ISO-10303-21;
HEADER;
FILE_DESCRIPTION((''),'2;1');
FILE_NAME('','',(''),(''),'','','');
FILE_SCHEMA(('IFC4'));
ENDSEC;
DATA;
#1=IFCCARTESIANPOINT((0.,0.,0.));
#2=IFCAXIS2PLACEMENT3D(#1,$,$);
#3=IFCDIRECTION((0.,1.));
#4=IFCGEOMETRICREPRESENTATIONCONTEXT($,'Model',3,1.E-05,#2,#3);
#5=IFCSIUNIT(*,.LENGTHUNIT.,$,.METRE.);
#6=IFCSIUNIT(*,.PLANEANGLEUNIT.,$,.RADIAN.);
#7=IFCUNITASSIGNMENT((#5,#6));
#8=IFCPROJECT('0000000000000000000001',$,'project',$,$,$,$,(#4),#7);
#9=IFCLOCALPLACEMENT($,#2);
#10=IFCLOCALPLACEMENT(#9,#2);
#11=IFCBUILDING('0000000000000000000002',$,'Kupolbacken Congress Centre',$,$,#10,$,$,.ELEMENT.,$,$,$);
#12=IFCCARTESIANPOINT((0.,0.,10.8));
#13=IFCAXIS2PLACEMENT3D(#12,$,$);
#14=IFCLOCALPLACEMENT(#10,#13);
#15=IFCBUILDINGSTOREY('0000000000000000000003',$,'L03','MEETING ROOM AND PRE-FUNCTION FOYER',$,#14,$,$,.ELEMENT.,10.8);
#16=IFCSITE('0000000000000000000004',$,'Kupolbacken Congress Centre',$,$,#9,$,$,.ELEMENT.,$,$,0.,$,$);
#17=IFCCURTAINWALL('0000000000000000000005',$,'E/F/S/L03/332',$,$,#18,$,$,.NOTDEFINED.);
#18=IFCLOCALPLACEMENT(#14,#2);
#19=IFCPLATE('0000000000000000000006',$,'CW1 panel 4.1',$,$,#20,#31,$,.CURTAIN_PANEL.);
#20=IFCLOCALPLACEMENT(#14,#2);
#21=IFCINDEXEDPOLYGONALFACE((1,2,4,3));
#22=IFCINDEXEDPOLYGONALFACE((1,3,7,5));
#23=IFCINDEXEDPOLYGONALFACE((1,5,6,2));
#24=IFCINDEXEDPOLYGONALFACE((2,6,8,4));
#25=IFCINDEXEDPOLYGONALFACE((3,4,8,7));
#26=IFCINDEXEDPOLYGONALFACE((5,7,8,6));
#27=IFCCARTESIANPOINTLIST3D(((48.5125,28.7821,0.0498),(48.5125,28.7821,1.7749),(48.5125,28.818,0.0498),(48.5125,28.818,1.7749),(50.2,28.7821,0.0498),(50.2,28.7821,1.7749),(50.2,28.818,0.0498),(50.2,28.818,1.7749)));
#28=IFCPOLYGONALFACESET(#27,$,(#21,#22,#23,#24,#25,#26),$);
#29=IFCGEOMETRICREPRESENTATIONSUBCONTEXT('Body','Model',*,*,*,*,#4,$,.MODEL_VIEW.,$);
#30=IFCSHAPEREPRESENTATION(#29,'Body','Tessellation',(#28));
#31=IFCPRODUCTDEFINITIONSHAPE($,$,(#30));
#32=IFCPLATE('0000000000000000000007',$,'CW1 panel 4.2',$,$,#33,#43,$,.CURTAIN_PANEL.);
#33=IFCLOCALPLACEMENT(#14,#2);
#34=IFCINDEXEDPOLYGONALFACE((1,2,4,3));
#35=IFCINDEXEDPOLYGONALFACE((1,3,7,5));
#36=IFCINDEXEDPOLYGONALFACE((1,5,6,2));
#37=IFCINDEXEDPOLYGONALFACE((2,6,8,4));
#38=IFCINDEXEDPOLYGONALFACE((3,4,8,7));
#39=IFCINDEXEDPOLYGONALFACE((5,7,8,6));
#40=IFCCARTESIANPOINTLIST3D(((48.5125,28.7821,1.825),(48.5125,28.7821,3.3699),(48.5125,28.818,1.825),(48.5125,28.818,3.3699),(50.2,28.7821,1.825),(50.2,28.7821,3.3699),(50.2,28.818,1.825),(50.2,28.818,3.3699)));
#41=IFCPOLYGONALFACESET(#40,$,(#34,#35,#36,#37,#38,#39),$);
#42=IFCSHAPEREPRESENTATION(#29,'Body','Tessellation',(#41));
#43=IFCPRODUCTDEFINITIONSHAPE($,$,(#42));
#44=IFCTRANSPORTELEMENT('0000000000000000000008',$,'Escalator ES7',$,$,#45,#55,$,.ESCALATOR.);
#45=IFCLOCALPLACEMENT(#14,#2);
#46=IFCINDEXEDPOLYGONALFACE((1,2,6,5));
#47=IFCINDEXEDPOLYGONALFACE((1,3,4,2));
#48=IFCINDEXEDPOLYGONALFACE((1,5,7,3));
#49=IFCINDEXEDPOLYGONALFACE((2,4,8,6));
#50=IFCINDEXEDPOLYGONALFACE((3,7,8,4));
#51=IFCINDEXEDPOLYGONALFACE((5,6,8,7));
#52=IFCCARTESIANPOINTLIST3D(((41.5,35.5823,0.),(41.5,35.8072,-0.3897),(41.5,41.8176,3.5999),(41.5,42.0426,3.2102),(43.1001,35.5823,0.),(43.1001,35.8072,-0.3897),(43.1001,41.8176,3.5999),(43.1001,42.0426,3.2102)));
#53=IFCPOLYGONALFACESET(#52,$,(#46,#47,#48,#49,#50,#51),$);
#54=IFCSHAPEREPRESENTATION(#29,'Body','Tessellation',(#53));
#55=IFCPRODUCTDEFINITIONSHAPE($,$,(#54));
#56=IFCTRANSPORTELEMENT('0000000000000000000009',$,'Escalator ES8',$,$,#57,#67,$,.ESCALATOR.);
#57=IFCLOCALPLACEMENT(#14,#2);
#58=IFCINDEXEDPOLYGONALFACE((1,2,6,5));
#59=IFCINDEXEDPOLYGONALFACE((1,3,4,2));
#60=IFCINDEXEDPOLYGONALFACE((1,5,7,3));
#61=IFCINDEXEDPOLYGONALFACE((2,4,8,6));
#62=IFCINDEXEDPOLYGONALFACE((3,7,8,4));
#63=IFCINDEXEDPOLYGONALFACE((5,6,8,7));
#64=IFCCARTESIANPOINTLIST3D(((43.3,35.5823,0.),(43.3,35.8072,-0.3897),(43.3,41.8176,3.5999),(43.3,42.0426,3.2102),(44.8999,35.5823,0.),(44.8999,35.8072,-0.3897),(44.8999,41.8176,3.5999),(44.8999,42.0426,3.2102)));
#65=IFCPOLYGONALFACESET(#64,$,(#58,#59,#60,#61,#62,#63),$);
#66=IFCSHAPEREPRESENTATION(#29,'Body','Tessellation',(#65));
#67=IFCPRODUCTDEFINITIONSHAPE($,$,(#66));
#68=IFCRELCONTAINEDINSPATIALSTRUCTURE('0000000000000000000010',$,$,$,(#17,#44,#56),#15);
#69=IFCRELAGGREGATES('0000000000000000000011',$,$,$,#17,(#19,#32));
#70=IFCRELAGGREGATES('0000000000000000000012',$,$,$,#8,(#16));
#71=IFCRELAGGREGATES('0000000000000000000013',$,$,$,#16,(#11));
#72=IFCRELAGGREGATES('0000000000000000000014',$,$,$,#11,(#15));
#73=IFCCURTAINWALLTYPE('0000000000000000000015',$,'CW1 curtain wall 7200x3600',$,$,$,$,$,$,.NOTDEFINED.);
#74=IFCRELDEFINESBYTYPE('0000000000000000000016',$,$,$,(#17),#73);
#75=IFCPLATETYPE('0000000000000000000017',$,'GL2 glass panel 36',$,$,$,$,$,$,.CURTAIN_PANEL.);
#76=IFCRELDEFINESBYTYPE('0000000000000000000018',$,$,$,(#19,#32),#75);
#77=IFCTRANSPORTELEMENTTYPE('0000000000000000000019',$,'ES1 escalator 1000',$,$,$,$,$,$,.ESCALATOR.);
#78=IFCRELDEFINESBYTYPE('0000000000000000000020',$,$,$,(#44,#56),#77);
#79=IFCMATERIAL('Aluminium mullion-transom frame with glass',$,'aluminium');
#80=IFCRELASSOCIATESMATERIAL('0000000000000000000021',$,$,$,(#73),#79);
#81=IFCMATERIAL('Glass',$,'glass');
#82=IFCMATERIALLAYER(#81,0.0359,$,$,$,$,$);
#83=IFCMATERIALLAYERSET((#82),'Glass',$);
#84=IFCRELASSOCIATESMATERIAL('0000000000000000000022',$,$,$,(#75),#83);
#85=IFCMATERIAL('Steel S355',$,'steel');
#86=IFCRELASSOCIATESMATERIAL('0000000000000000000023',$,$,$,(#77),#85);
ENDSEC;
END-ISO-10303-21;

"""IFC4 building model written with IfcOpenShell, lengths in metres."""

from ifc_helpers import new_model, si_unit, direction, frame, origin, origin_2d, place, context, subcontext, project, spatial, polyline, rectangle, outline, extrude, material, layer, layer_set, type_object, element, aggregate, save


model = new_model("IFC4")

# Units and contexts
model_context = context("Model", 3, precision=1e-05, world=origin(), true_north=direction((0.0, 1.0)))
body_context = subcontext(model_context, "Body", "Model", "MODEL_VIEW")
ifc_project = project(units=[si_unit("LENGTHUNIT", "METRE"), si_unit("PLANEANGLEUNIT", "RADIAN")], contexts=[model_context])

# Site, building, storey
site_placement = place(None, origin())
site = spatial("IfcSite", under=ifc_project, at=site_placement, Name="Kupolbacken Congress Centre", CompositionType="ELEMENT", RefElevation=0.0)
building_placement = place(site_placement, origin())
building = spatial("IfcBuilding", under=site, at=building_placement, Name="Kupolbacken Congress Centre", CompositionType="ELEMENT")
storey_placement = place(building_placement, frame((0.0, 0.0, 10.8)))
storey = spatial("IfcBuildingStorey", under=building, at=storey_placement, Name="L03", Description="MEETING ROOM AND PRE-FUNCTION FOYER", CompositionType="ELEMENT", Elevation=10.8)

# Curtain wall, plates
ifc_material_1 = material(Name="Aluminium mullion-transom frame with glass", Category="aluminium")
curtain_wall_type = type_object("IfcCurtainWallType", Name="CW1 curtain wall 7200x3600", PredefinedType="NOTDEFINED", material=ifc_material_1)
curtain_wall_placement = place(storey_placement, origin())
curtain_wall = element("IfcCurtainWall", 1, at=curtain_wall_placement, inside=storey, type_object=curtain_wall_type, Name="E/F/S/L03/332", PredefinedType="NOTDEFINED")
ifc_material_2 = material(Name="Glass", Category="glass")
ifc_layer = layer(ifc_material_2, 0.0359)
ifc_layer_set = layer_set([ifc_layer], Name="Glass")
plate_type = type_object("IfcPlateType", Name="GL2 glass panel 36", PredefinedType="CURTAIN_PANEL", material=ifc_layer_set)
plate_1_placement = place(storey_placement, frame((49.3562, 28.8, 0.0498), z_axis=(0.0, 0.0, 1.0), x_axis=(1.0, 0.0, 0.0)))
plate_1 = element("IfcPlate", 2, at=plate_1_placement, type_object=plate_type, Name="CW1 panel 4.1", PredefinedType="CURTAIN_PANEL", context=body_context, shape_type="SweptSolid", body=[
    extrude(rectangle(XDim=1.6875, YDim=0.0359, at=origin_2d()), origin(), (0.0, 0.0, 1.0), 1.7251),
])
plate_2_placement = place(storey_placement, frame((49.3562, 28.8, 1.825), z_axis=(0.0, 0.0, 1.0), x_axis=(1.0, 0.0, 0.0)))
plate_2 = element("IfcPlate", 3, at=plate_2_placement, type_object=plate_type, Name="CW1 panel 4.2", PredefinedType="CURTAIN_PANEL", context=body_context, shape_type="SweptSolid", body=[
    extrude(rectangle(XDim=1.6875, YDim=0.0359, at=origin_2d()), origin(), (0.0, 0.0, 1.0), 1.5449),
])
aggregate(curtain_wall, [plate_1, plate_2])

# Transport elements
ifc_material_3 = material(Name="Steel S355", Category="steel")
transport_element_type = type_object("IfcTransportElementType", Name="ES1 escalator 1000", PredefinedType="ESCALATOR", material=ifc_material_3)
transport_element_1_placement = place(storey_placement, frame((41.5, 35.5823, 0.0), z_axis=(0.0, -0.499987, 0.866033), x_axis=(1.0, 0.0, 0.0)))
element("IfcTransportElement", 4, at=transport_element_1_placement, inside=storey, type_object=transport_element_type, Name="Escalator ES7", PredefinedType="ESCALATOR", context=body_context, shape_type="SweptSolid", body=[
    extrude(outline(polyline([(0.0, 0.0), (1.6001, 0.0), (1.6001, 7.1999), (0.0, 7.1999), (0.0, 0.0)])), origin(), (0.0, 0.0, -1.0), 0.45),
])
transport_element_2_placement = place(storey_placement, frame((43.3, 35.5823, 0.0), z_axis=(0.0, -0.499987, 0.866033), x_axis=(1.0, 0.0, 0.0)))
element("IfcTransportElement", 5, at=transport_element_2_placement, inside=storey, type_object=transport_element_type, Name="Escalator ES8", PredefinedType="ESCALATOR", context=body_context, shape_type="SweptSolid", body=[
    extrude(outline(polyline([(0.0, 0.0), (1.5999, 0.0), (1.5999, 7.1999), (0.0, 7.1999), (0.0, 0.0)])), origin(), (0.0, 0.0, -1.0), 0.45),
])

save(model, "model.ifc")
